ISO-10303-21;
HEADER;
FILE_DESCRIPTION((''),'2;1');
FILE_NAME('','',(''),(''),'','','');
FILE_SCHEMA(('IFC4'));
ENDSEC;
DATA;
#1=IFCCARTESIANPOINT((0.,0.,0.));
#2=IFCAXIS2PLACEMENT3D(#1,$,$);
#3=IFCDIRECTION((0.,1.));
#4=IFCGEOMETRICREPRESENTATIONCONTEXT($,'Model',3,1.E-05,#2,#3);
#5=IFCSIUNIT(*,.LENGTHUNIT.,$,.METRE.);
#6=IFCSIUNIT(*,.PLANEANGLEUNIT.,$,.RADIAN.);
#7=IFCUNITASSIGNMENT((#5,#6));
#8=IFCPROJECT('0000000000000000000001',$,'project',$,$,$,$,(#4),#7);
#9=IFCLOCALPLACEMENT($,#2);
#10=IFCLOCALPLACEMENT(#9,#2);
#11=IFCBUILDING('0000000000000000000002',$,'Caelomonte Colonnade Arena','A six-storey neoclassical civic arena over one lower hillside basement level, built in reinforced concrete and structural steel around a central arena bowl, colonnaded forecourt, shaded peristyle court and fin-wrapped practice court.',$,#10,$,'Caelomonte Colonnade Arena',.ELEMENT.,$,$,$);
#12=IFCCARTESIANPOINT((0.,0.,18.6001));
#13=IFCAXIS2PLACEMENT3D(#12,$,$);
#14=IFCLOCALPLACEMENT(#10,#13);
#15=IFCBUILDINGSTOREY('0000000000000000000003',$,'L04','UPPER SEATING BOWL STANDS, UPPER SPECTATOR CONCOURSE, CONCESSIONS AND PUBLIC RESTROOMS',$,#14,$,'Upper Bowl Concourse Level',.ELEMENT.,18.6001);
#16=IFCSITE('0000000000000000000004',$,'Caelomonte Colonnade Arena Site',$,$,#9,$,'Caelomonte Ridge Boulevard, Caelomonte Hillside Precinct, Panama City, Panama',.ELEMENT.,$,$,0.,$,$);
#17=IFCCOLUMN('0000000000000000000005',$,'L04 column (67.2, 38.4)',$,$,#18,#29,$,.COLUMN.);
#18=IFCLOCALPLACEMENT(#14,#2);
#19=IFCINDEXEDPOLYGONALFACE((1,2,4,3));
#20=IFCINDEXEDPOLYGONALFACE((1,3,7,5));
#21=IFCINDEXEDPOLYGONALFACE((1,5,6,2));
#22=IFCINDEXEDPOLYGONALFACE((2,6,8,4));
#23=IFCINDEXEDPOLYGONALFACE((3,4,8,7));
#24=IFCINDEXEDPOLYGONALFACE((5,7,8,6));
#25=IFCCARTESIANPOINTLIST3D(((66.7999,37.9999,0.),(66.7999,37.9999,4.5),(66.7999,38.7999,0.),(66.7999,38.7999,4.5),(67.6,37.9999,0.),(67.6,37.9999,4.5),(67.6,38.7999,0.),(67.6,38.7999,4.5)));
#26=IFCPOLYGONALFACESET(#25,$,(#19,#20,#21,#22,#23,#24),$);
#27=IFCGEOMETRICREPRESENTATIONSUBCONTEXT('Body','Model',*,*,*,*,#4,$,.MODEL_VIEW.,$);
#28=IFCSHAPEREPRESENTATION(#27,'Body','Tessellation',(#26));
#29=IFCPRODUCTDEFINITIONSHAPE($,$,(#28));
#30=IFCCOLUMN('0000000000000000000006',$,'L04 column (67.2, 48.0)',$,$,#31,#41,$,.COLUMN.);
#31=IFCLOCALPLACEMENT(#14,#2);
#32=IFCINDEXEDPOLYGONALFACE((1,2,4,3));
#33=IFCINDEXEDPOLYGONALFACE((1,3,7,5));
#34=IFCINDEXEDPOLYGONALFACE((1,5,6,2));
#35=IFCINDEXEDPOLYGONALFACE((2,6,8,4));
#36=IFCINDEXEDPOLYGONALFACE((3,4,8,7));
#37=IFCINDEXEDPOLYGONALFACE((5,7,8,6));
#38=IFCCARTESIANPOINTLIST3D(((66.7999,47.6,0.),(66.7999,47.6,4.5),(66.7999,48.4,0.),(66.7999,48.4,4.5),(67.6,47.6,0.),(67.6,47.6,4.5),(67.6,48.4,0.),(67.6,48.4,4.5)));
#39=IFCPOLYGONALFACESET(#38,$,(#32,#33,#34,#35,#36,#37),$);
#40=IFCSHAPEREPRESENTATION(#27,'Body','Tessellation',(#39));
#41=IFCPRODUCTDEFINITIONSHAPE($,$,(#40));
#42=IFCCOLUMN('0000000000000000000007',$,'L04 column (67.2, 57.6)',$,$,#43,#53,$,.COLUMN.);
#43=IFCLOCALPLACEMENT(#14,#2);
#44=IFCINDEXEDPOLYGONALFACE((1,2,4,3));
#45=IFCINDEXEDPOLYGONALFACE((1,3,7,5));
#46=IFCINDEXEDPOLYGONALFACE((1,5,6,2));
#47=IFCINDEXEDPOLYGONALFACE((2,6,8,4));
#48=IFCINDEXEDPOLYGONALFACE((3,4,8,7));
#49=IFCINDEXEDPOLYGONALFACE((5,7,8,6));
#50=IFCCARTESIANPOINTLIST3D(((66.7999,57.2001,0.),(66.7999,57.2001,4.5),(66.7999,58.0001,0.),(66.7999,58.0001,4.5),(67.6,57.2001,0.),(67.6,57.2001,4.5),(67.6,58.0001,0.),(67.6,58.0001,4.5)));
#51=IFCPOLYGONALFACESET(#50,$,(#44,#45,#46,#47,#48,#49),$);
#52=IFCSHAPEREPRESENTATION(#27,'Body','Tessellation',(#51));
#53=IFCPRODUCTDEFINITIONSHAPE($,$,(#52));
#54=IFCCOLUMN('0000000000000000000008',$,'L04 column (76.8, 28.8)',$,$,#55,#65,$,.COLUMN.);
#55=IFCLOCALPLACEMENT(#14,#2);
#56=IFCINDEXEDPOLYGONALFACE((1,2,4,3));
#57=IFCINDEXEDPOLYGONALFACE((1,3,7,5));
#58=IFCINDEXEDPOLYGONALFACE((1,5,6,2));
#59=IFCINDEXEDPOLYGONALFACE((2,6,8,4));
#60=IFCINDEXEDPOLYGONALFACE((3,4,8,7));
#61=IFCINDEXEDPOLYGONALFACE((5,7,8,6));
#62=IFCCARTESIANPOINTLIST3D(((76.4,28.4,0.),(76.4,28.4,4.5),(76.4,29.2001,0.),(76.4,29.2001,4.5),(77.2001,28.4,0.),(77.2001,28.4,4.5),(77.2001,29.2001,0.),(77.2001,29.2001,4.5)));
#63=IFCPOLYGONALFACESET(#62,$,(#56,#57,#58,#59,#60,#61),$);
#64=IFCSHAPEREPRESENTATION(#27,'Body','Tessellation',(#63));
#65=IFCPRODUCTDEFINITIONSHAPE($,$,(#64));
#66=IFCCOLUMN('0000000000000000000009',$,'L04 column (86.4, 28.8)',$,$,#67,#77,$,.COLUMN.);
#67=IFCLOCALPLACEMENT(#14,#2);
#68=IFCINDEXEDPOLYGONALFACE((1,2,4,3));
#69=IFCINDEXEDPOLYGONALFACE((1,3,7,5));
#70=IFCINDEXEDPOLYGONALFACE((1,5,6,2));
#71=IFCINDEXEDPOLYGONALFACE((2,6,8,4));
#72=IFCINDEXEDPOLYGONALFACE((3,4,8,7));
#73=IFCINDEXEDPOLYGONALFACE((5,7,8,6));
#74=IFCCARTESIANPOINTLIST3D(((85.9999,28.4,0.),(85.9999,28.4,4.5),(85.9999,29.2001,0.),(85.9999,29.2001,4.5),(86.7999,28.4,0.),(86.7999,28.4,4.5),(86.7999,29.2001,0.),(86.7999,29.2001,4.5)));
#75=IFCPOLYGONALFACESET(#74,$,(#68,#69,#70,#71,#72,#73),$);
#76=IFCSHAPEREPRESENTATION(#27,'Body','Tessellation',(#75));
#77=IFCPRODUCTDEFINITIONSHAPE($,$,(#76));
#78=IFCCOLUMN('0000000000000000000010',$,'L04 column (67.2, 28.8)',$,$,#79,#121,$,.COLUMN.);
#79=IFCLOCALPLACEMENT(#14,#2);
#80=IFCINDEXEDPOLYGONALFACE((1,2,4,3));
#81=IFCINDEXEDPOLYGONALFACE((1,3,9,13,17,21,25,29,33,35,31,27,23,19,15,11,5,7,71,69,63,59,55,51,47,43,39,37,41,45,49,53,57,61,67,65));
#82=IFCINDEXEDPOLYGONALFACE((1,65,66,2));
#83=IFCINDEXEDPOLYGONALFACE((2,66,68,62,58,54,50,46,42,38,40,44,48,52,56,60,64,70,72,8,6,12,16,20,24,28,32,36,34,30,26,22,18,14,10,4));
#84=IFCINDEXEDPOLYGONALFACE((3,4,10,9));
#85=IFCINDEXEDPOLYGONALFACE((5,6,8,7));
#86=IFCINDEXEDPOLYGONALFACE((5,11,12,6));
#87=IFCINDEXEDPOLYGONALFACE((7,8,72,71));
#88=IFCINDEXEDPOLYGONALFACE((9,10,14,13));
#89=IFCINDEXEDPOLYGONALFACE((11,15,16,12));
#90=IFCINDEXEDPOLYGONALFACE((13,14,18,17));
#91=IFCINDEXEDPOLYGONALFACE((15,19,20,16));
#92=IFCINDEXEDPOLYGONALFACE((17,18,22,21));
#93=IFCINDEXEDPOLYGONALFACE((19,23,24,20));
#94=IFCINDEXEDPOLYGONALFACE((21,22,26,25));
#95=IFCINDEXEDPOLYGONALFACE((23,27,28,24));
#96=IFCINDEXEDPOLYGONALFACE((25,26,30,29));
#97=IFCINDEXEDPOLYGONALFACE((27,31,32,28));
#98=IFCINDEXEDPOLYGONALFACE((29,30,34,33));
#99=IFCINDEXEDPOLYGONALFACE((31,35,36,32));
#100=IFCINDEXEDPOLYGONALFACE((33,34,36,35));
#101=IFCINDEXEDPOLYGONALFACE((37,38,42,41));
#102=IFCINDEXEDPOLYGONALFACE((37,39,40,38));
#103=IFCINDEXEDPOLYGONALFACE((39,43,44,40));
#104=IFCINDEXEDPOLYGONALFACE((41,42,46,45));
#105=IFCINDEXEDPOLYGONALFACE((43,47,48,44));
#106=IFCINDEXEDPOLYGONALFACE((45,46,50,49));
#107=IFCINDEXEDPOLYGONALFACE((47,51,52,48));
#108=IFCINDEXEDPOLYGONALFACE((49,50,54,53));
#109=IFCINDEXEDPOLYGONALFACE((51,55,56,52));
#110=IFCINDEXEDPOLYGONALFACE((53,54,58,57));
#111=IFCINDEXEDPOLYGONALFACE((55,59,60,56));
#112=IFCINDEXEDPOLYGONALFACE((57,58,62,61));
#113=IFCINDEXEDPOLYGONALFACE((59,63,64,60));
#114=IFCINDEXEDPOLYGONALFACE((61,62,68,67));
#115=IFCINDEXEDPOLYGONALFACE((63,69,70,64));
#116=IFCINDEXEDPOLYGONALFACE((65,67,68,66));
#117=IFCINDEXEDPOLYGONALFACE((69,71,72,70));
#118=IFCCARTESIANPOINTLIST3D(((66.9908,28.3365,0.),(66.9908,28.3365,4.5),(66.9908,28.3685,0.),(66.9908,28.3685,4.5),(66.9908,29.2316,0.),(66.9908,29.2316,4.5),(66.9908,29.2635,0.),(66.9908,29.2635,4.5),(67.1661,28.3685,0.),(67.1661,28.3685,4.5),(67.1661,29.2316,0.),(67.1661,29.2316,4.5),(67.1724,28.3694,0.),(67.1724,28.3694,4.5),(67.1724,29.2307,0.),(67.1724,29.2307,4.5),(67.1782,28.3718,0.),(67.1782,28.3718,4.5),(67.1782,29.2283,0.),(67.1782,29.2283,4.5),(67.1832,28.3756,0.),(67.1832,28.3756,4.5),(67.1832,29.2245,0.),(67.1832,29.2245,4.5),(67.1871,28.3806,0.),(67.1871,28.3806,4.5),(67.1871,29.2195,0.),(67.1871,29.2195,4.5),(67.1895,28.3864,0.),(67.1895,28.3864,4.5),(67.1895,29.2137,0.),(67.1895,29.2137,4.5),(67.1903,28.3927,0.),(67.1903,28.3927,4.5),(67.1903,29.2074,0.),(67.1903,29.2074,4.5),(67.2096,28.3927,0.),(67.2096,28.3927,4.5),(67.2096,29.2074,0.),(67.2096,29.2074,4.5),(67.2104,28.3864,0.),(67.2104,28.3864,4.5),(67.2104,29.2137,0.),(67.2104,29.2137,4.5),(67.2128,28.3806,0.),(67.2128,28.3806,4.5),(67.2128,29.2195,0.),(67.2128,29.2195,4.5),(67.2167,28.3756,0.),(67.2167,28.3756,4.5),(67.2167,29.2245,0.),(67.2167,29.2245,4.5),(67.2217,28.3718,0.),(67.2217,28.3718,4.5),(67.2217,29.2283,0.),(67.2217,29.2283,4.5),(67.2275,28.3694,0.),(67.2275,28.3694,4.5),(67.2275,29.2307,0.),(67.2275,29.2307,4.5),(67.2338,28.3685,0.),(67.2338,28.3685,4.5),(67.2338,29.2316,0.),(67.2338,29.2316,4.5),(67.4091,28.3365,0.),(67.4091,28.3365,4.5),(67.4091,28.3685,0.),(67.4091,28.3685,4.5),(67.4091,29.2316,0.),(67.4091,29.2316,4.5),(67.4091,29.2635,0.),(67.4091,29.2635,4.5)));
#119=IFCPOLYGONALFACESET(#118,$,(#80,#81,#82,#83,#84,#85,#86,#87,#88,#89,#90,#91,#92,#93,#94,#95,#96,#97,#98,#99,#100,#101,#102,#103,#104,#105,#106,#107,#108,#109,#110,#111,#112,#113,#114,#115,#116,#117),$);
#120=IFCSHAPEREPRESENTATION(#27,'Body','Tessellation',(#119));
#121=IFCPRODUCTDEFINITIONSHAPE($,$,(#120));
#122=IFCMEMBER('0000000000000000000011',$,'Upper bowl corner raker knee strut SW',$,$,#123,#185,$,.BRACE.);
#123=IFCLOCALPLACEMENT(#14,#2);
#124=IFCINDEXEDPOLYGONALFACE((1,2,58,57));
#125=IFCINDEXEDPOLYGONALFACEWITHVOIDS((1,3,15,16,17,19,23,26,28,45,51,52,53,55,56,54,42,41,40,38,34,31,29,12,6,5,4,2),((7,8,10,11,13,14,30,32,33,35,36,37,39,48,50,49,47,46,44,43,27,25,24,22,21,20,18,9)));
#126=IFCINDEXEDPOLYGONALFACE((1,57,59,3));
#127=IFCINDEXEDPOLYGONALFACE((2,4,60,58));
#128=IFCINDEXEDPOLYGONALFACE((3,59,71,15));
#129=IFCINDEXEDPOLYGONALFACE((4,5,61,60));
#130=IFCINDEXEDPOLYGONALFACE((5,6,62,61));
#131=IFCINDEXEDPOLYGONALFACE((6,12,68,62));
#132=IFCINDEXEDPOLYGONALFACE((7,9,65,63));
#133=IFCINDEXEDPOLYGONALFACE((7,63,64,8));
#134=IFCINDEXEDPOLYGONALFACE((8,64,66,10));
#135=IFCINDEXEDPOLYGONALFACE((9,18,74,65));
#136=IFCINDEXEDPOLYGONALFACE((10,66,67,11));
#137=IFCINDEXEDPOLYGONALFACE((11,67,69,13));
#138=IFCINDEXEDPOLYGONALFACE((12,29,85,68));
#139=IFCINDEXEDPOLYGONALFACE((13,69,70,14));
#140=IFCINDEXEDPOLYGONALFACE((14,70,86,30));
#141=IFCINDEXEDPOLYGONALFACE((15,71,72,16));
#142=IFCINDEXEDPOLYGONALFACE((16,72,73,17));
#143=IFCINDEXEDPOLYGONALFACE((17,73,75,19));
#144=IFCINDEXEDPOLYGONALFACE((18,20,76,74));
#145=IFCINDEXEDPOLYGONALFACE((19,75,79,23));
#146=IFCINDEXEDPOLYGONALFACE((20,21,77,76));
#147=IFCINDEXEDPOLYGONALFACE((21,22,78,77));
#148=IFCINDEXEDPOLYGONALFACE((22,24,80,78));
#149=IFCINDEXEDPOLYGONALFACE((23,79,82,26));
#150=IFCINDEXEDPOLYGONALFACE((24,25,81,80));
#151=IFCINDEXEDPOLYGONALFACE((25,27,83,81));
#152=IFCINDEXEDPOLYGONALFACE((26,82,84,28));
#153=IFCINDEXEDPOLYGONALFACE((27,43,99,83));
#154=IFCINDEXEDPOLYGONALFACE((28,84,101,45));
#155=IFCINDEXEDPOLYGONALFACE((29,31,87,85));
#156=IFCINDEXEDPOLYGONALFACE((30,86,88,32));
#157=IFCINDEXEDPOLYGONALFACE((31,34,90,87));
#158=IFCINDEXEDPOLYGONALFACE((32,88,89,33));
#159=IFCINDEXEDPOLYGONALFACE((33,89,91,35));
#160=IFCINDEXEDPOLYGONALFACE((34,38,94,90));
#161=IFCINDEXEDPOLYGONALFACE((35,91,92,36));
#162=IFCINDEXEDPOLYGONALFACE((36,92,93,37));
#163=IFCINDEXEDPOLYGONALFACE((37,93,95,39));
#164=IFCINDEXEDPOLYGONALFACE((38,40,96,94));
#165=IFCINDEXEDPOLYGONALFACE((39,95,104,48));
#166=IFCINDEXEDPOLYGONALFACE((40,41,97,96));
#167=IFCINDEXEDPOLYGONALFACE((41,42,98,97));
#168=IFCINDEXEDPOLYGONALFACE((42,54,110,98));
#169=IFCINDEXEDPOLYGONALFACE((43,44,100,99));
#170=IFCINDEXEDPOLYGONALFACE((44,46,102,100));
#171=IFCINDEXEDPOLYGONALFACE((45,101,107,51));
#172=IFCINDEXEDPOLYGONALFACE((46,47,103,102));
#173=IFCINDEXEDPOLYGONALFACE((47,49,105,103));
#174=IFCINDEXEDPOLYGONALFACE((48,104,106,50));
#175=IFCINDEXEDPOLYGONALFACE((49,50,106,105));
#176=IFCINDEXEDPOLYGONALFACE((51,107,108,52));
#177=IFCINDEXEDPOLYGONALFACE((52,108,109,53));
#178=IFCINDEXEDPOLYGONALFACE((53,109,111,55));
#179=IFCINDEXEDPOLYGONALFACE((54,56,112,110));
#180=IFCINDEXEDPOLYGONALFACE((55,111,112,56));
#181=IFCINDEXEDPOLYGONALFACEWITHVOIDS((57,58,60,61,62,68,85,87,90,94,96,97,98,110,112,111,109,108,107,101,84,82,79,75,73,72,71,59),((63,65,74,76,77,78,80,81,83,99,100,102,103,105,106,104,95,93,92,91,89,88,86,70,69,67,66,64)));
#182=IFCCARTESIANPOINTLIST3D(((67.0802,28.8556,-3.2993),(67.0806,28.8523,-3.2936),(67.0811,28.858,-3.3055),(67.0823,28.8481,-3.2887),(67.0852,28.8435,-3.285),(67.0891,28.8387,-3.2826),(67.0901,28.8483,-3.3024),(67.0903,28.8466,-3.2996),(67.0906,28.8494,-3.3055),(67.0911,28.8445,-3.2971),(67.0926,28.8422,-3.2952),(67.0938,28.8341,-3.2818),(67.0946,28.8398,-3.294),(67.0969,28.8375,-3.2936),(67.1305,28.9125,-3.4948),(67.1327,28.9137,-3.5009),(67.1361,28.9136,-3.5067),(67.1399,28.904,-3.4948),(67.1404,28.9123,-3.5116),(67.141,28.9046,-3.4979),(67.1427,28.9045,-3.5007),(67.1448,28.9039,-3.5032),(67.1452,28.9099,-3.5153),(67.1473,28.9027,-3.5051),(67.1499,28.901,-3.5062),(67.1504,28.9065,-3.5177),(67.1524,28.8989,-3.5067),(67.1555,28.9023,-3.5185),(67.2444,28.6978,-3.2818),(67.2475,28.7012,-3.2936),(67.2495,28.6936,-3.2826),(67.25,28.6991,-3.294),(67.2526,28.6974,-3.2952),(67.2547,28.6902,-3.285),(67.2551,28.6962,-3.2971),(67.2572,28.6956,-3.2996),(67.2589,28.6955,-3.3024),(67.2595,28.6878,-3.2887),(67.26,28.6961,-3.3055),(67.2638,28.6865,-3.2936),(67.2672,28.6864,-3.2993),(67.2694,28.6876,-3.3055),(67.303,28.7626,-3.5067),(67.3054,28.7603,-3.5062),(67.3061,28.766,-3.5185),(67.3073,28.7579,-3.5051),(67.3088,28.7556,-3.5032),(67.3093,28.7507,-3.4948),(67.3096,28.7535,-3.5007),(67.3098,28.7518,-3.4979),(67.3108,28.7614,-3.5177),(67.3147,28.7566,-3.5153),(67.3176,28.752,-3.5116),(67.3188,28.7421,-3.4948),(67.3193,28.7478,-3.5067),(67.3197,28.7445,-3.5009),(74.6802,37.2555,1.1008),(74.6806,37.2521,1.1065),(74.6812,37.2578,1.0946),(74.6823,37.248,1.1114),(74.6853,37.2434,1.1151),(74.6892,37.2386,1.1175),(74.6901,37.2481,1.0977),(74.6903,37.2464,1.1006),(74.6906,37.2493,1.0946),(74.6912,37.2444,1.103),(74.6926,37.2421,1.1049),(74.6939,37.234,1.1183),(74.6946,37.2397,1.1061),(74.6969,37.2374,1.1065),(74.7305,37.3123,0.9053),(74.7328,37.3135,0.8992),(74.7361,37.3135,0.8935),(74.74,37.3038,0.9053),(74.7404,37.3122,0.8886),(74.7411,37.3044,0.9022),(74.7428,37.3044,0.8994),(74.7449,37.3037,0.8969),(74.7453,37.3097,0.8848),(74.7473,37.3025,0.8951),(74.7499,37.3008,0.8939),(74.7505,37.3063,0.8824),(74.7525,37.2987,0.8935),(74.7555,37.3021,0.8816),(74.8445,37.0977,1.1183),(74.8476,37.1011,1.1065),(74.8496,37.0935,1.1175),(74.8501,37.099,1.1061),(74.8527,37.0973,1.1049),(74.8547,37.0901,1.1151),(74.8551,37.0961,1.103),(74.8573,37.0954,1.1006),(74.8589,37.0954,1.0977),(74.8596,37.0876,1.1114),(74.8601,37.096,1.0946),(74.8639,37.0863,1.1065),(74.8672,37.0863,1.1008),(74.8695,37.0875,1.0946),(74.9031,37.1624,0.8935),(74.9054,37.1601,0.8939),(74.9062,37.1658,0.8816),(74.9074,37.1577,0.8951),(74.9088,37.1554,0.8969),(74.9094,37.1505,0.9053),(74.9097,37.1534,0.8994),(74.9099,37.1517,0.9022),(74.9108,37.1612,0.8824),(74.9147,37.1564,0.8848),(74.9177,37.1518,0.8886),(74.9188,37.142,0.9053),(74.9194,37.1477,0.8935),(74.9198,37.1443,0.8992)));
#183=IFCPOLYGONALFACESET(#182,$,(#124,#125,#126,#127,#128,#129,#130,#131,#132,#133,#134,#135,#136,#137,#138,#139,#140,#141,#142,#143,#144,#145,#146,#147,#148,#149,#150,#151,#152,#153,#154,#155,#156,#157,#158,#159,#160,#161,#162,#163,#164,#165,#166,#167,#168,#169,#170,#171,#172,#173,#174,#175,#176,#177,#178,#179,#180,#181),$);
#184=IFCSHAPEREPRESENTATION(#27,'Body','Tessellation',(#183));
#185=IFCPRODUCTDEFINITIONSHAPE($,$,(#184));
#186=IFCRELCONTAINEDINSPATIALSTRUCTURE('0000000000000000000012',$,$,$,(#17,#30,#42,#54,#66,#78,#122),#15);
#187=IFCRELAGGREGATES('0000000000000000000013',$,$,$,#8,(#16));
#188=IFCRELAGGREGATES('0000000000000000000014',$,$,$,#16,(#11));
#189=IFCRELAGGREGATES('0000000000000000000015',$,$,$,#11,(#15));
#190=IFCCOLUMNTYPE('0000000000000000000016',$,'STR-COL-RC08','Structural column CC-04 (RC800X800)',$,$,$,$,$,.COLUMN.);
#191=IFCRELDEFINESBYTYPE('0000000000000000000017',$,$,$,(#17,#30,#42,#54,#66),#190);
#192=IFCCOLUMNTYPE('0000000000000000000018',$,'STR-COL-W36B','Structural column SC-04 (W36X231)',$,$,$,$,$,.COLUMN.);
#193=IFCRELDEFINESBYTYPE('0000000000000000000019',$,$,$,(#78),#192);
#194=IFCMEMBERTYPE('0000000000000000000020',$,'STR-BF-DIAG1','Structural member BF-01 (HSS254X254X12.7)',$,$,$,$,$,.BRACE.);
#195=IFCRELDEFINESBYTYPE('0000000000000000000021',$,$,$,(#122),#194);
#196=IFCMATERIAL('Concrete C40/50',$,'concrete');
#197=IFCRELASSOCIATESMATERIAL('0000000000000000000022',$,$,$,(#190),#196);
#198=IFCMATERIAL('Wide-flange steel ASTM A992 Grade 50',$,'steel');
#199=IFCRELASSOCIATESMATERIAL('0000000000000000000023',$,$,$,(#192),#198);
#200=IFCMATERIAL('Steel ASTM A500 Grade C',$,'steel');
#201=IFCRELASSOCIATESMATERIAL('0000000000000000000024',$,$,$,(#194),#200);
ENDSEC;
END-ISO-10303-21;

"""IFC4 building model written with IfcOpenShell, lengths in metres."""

from ifc_helpers import new_model, si_unit, direction, frame, origin, origin_2d, place, context, subcontext, project, spatial, rectangle, hollow_rectangle, i_section, extrude, material, material_profile, profile_set, type_object, element, save


model = new_model("IFC4")

# Units and contexts
model_context = context("Model", 3, precision=1e-05, world=origin(), true_north=direction((0.0, 1.0)))
body_context = subcontext(model_context, "Body", "Model", "MODEL_VIEW")
ifc_project = project(units=[si_unit("LENGTHUNIT", "METRE"), si_unit("PLANEANGLEUNIT", "RADIAN")], contexts=[model_context])

# Site, building, storey
site_placement = place(None, origin())
site = spatial("IfcSite", under=ifc_project, at=site_placement, Name="Caelomonte Colonnade Arena Site", LongName="Caelomonte Ridge Boulevard, Caelomonte Hillside Precinct, Panama City, Panama", CompositionType="ELEMENT", RefElevation=0.0)
building_placement = place(site_placement, origin())
building = spatial("IfcBuilding", under=site, at=building_placement, Name="Caelomonte Colonnade Arena", Description="A six-storey neoclassical civic arena over one lower hillside basement level, built in reinforced concrete and structural steel around a central arena bowl, colonnaded forecourt, shaded peristyle court and fin-wrapped practice court.", LongName="Caelomonte Colonnade Arena", CompositionType="ELEMENT")
storey_placement = place(building_placement, frame((0.0, 0.0, 18.6001)))
storey = spatial("IfcBuildingStorey", under=building, at=storey_placement, Name="L04", Description="UPPER SEATING BOWL STANDS, UPPER SPECTATOR CONCOURSE, CONCESSIONS AND PUBLIC RESTROOMS", LongName="Upper Bowl Concourse Level", CompositionType="ELEMENT", Elevation=18.6001)

# Columns
ifc_material_1 = material(Name="Concrete C40/50", Category="concrete")
ifc_material_profile_1 = material_profile(ifc_material_1, rectangle(XDim=0.8, YDim=0.8, at=origin_2d()), Name="RC800X800")
ifc_profile_set_1 = profile_set([ifc_material_profile_1], Name="Concrete C40/50")
column_type_1 = type_object("IfcColumnType", Name="STR-COL-RC08", Description="Structural column CC-04 (RC800X800)", PredefinedType="COLUMN", material=ifc_profile_set_1)
for number, where, z_axis, x_axis, name in (
    (1, (67.2, 38.3999, 0.0), (0.0, 0.0, 1.0), (1.0, 0.0, 0.0), "L04 column (67.2, 38.4)"),
    (2, (67.2, 48.0, 0.0), (0.0, 0.0, 1.0), (1.0, 0.0, 0.0), "L04 column (67.2, 48.0)"),
    (3, (67.2, 57.6001, 0.0), (0.0, 0.0, 1.0), (1.0, 0.0, 0.0), "L04 column (67.2, 57.6)"),
    (4, (76.8, 28.8, 0.0), (0.0, 0.0, 1.0), (1.0, 0.0, 0.0), "L04 column (76.8, 28.8)"),
    (5, (86.3999, 28.8, 0.0), (0.0, 0.0, 1.0), (1.0, 0.0, 0.0), "L04 column (86.4, 28.8)"),
):
    element("IfcColumn", number, at=place(storey_placement, frame(where, z_axis=z_axis, x_axis=x_axis)), inside=storey, type_object=column_type_1, Name=name, PredefinedType="COLUMN", context=body_context, shape_type="SweptSolid", body=[
        extrude(rectangle(XDim=0.8, YDim=0.8, at=origin_2d()), origin(), (0.0, 0.0, 1.0), 4.5),
    ])
ifc_material_2 = material(Name="Wide-flange steel ASTM A992 Grade 50", Category="steel")
ifc_material_profile_2 = material_profile(ifc_material_2, i_section(OverallWidth=0.4182, OverallDepth=0.927, WebThickness=0.0193, FlangeThickness=0.032, FilletRadius=0.0242, at=origin_2d()), Name="W36X231")
ifc_profile_set_2 = profile_set([ifc_material_profile_2], Name="Wide-flange steel ASTM A992 Grade 50")
column_type_2 = type_object("IfcColumnType", Name="STR-COL-W36B", Description="Structural column SC-04 (W36X231)", PredefinedType="COLUMN", material=ifc_profile_set_2)
column_placement = place(storey_placement, frame((67.2, 28.8, 0.0), z_axis=(0.0, 0.0, 1.0), x_axis=(1.0, 0.0, 0.0)))
element("IfcColumn", 6, at=column_placement, inside=storey, type_object=column_type_2, Name="L04 column (67.2, 28.8)", PredefinedType="COLUMN", context=body_context, shape_type="SweptSolid", body=[
    extrude(i_section(OverallWidth=0.4182, OverallDepth=0.927, WebThickness=0.0193, FlangeThickness=0.032, FilletRadius=0.0242, at=origin_2d()), origin(), (0.0, 0.0, 1.0), 4.5),
])

# Member
ifc_material_3 = material(Name="Steel ASTM A500 Grade C", Category="steel")
ifc_material_profile_3 = material_profile(ifc_material_3, hollow_rectangle(XDim=0.2539, YDim=0.2539, WallThickness=0.0127, InnerFilletRadius=0.0127, OuterFilletRadius=0.0254, at=origin_2d()), Name="HSS254X254X12.7")
ifc_profile_set_3 = profile_set([ifc_material_profile_3], Name="Steel ASTM A500 Grade C")
member_type = type_object("IfcMemberType", Name="STR-BF-DIAG1", Description="Structural member BF-01 (HSS254X254X12.7)", PredefinedType="BRACE", material=ifc_profile_set_3)
member_placement = place(storey_placement, frame((67.2, 28.8, -3.4001), z_axis=(0.625398, 0.691213, 0.36208), x_axis=(-0.741528, 0.670922, 0.0)))
element("IfcMember", 7, at=member_placement, inside=storey, type_object=member_type, Name="Upper bowl corner raker knee strut SW", PredefinedType="BRACE", context=body_context, shape_type="SweptSolid", body=[
    extrude(hollow_rectangle(XDim=0.2539, YDim=0.2539, WallThickness=0.0127, InnerFilletRadius=0.0127, OuterFilletRadius=0.0254, at=origin_2d()), origin(), (0.0, 0.0, 1.0), 12.1523),
])

save(model, "model.ifc")
